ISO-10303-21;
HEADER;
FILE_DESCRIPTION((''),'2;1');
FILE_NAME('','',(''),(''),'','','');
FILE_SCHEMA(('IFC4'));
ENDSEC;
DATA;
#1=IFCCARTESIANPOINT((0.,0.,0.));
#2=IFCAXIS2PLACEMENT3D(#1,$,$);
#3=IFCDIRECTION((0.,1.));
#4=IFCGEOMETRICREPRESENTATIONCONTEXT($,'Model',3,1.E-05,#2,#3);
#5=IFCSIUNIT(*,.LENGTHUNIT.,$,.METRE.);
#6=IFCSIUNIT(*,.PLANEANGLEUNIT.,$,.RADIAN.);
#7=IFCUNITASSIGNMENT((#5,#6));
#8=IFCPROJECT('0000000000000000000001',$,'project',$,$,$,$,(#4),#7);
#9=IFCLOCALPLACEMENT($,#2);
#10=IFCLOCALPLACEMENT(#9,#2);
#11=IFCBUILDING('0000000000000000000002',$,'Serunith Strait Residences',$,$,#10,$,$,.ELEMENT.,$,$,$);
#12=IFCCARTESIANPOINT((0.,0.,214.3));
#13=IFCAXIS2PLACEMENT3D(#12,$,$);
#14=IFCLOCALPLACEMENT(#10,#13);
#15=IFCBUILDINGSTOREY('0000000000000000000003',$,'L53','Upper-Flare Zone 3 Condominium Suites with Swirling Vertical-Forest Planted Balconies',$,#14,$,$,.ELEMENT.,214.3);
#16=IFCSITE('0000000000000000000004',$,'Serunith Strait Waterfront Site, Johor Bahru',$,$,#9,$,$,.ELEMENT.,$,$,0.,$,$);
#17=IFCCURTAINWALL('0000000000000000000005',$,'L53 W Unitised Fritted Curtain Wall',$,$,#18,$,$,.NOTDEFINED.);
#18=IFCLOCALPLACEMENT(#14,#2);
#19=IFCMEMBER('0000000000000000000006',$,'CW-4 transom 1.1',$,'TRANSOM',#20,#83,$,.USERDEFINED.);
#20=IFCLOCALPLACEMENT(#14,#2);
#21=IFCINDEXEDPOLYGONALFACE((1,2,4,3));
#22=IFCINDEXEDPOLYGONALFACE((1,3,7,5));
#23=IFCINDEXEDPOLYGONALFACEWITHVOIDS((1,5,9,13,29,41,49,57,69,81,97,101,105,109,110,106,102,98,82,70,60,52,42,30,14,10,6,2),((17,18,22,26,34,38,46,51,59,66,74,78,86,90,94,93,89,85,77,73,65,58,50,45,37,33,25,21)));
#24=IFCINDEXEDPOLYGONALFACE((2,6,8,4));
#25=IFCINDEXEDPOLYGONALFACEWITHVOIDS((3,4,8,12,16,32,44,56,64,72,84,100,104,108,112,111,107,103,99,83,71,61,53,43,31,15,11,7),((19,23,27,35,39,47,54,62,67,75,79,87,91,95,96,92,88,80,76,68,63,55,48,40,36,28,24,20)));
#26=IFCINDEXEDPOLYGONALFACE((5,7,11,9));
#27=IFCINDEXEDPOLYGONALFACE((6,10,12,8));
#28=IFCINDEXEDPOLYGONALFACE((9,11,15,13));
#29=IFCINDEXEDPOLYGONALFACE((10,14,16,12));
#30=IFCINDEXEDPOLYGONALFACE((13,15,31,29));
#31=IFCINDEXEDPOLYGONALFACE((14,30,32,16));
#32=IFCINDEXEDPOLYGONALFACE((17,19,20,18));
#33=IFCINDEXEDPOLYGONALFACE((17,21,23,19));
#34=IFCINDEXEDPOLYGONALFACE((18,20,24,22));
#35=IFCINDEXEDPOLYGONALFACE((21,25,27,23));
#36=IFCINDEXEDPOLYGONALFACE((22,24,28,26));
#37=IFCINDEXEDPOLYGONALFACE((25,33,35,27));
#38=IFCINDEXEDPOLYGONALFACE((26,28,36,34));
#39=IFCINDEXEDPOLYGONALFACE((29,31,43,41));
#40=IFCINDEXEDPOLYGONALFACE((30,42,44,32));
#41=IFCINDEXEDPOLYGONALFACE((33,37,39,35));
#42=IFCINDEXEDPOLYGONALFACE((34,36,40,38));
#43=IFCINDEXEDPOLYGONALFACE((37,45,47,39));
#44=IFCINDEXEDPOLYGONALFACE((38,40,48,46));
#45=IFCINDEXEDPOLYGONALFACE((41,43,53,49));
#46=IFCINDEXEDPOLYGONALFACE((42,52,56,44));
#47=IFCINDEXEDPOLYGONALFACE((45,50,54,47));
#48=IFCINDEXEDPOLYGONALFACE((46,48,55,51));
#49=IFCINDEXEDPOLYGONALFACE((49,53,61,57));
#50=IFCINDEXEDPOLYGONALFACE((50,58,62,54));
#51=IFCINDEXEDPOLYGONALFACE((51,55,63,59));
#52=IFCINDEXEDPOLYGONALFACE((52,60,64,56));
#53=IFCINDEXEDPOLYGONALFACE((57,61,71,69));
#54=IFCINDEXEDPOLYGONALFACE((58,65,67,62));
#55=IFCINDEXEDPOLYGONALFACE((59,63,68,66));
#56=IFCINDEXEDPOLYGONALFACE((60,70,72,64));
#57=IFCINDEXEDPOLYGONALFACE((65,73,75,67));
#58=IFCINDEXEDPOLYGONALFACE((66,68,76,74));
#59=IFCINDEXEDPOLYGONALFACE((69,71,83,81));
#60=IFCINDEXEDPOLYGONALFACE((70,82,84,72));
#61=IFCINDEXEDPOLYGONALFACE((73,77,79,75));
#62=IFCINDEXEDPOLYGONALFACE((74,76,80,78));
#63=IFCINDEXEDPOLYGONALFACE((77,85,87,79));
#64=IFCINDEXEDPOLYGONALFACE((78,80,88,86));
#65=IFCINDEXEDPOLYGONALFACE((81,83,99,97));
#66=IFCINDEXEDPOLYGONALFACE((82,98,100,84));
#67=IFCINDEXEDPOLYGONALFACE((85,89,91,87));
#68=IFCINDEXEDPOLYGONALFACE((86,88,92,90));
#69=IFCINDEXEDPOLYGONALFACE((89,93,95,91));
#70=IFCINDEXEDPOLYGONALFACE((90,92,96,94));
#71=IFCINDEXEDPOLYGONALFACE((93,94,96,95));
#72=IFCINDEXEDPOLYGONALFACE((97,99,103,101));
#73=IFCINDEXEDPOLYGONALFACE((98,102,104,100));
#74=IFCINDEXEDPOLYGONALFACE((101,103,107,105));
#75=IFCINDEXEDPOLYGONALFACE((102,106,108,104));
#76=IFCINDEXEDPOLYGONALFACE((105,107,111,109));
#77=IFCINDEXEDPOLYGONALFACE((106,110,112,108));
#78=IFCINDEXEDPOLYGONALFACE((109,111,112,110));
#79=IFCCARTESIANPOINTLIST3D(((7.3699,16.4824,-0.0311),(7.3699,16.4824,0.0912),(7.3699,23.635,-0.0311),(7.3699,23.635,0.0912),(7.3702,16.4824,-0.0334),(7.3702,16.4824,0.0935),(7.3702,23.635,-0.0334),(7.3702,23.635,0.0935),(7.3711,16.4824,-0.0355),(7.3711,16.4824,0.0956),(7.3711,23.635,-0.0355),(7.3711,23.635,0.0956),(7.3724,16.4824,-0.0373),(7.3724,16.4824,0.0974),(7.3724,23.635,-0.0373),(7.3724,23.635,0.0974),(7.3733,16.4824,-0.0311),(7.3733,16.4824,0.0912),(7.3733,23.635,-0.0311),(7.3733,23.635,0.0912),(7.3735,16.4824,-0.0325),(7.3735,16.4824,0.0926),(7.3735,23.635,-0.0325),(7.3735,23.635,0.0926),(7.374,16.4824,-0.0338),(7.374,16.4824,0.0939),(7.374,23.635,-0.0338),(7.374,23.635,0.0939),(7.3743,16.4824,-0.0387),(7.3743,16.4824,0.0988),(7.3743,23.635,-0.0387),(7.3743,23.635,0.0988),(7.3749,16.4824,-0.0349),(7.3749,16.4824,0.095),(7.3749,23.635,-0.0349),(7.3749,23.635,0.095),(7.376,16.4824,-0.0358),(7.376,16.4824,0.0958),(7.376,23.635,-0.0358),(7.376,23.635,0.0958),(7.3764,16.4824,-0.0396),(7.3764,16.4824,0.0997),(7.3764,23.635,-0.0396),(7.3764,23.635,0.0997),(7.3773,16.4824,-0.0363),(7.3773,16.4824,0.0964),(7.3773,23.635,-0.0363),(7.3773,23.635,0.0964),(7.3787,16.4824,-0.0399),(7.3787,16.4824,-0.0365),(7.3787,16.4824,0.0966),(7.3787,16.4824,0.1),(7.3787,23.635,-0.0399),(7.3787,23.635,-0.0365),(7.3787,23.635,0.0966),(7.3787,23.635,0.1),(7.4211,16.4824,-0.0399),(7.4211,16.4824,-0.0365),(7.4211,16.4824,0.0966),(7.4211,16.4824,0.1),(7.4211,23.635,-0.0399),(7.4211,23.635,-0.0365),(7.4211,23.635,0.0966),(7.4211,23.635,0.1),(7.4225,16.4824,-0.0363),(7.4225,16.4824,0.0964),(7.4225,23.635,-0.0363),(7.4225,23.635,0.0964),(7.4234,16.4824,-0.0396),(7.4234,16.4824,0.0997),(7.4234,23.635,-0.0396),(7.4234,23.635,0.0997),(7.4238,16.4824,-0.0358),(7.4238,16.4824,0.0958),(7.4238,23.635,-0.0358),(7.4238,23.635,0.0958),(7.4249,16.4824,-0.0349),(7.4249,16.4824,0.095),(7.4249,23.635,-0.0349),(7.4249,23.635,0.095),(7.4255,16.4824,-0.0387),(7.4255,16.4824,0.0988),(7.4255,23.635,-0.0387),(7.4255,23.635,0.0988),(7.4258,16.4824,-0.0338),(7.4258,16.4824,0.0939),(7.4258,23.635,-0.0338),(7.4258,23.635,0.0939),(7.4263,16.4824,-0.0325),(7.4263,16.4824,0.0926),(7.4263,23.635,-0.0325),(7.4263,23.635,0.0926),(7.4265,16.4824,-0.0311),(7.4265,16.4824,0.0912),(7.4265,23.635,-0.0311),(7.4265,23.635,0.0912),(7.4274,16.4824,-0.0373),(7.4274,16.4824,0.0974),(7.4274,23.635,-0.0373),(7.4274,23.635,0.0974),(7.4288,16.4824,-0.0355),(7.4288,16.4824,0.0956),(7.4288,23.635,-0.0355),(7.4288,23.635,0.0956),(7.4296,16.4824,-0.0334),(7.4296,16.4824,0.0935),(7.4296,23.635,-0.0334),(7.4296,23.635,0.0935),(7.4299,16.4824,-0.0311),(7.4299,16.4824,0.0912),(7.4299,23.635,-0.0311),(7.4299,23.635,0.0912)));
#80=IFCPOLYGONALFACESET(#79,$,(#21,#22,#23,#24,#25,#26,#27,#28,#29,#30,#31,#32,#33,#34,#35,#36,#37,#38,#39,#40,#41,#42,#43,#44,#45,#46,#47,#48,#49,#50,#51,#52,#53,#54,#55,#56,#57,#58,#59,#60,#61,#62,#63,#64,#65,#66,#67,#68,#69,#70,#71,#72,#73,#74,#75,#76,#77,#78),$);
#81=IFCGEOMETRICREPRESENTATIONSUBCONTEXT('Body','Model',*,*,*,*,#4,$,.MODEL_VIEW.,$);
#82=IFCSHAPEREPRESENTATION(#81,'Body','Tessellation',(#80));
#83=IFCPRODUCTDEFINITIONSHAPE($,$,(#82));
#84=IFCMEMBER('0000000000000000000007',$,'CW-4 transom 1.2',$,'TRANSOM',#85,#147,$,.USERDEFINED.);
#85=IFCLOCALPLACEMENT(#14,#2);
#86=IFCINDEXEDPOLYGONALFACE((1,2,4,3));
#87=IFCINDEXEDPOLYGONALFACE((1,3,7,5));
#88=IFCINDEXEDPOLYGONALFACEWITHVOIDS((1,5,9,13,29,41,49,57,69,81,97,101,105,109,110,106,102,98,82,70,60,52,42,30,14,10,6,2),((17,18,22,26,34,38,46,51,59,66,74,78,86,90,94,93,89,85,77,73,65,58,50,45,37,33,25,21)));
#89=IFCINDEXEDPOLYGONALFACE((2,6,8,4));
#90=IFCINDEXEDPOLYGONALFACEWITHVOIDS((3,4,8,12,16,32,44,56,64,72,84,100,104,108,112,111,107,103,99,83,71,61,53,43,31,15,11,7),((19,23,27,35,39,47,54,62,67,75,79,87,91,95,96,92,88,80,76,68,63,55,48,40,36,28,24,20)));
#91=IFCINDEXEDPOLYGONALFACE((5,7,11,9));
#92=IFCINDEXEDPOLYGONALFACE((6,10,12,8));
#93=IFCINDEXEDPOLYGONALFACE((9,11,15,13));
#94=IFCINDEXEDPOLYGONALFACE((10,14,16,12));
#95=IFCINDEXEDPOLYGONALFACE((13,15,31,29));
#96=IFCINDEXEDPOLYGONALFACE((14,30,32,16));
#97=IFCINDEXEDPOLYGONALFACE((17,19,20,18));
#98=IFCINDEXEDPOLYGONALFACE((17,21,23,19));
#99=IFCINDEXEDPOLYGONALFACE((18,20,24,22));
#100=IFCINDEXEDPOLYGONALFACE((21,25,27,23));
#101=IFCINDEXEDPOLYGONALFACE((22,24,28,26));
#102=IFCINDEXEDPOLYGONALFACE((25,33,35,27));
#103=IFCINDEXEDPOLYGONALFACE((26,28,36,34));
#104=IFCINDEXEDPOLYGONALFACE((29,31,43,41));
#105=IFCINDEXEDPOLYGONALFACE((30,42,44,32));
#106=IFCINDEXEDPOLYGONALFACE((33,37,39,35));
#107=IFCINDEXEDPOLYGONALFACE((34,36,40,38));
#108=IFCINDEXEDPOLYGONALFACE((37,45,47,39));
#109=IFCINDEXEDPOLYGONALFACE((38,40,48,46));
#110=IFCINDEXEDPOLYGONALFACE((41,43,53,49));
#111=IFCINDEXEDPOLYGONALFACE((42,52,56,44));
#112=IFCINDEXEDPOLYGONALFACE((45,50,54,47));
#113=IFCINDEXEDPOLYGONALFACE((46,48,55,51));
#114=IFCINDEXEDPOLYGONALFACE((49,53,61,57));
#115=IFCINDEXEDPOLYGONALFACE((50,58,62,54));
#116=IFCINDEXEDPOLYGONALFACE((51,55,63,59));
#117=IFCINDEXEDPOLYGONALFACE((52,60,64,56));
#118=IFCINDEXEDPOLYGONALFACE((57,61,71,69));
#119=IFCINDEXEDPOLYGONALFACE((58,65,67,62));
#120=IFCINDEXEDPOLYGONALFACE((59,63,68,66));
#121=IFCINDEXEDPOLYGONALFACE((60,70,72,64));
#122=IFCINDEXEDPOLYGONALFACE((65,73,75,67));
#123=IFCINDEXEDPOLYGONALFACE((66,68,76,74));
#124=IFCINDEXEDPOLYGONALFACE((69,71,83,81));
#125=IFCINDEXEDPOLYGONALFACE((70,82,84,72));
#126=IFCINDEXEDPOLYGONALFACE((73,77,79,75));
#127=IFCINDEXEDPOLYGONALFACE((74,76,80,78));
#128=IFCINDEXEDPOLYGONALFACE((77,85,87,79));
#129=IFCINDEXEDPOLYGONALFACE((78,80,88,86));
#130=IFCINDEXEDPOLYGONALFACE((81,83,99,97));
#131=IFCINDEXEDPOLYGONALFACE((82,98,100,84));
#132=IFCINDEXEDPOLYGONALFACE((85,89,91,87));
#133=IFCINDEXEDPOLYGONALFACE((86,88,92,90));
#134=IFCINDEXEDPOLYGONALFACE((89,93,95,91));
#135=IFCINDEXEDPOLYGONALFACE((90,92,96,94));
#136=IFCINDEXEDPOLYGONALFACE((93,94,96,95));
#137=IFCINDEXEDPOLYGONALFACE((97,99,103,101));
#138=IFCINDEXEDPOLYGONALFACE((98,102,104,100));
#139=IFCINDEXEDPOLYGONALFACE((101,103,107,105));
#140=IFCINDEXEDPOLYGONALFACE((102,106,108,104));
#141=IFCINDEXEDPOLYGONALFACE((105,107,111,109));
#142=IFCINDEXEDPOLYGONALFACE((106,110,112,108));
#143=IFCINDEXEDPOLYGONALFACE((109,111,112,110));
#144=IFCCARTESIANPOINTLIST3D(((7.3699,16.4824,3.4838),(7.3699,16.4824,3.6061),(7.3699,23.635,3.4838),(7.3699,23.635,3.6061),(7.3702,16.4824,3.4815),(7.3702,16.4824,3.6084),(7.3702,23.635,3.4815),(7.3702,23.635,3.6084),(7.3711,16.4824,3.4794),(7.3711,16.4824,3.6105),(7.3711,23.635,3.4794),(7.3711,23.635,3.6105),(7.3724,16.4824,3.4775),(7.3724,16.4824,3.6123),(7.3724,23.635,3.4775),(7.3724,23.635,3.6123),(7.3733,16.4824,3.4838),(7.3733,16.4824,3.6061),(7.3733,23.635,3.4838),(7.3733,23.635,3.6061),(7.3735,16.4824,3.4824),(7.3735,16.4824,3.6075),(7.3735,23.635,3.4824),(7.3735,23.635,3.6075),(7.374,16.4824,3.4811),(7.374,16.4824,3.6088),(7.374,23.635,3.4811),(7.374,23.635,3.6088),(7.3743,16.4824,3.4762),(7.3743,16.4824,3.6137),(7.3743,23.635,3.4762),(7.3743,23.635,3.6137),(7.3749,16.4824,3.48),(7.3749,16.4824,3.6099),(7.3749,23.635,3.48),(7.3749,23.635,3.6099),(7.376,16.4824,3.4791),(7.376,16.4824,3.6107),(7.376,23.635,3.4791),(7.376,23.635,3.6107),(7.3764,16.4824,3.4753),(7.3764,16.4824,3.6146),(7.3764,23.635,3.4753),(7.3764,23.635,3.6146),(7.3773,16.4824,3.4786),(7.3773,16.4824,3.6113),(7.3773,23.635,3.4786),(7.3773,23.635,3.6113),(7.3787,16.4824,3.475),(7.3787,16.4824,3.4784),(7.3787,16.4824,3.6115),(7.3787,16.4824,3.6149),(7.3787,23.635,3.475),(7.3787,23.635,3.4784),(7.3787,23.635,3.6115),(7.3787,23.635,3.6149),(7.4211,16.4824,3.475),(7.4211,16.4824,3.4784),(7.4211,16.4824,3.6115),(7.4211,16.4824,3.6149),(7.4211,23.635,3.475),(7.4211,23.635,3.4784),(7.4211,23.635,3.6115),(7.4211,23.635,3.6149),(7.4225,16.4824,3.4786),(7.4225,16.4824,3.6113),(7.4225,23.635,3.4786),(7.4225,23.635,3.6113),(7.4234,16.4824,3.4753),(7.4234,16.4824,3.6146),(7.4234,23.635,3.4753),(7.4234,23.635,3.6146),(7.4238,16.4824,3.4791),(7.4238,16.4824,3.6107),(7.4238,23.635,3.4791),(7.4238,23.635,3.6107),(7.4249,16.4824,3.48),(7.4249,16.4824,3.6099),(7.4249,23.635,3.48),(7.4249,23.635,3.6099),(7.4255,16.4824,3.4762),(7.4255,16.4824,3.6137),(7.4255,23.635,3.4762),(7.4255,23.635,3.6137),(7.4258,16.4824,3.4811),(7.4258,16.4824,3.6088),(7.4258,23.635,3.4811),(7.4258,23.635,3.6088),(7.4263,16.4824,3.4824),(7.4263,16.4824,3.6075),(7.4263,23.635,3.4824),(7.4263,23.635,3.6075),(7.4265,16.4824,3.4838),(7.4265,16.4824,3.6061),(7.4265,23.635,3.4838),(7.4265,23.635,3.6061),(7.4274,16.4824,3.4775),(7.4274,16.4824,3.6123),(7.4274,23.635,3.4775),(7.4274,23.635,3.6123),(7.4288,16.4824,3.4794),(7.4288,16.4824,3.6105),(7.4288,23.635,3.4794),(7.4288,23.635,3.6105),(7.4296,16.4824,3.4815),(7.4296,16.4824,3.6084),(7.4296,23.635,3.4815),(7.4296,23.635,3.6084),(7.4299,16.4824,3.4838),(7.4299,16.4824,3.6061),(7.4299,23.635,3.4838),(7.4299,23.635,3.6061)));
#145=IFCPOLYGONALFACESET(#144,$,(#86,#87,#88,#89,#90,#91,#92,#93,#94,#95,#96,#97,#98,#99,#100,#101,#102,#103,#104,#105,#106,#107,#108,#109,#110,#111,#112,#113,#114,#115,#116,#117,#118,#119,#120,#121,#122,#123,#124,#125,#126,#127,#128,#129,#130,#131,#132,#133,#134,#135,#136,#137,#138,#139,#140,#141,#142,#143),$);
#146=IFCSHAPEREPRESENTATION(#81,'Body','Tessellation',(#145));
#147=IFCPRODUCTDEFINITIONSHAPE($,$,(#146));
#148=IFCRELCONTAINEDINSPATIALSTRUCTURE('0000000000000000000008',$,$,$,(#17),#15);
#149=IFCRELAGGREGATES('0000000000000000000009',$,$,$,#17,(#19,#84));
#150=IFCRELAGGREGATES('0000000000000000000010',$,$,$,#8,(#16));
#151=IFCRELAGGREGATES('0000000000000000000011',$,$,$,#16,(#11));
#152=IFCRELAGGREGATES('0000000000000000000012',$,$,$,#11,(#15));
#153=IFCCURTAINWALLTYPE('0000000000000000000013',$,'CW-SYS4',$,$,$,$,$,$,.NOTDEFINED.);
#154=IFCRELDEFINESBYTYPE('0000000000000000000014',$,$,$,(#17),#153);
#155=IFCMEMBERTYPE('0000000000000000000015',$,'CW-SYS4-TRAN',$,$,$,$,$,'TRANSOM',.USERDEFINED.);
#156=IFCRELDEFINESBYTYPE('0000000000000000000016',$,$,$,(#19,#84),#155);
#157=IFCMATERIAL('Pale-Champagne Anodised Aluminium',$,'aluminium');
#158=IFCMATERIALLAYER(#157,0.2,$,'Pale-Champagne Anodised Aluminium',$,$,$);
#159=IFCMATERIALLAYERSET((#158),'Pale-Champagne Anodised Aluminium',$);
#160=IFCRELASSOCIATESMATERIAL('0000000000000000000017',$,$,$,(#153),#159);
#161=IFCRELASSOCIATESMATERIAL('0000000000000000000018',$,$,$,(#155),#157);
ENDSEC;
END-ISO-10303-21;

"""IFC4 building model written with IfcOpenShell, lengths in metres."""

from ifc_helpers import new_model, si_unit, direction, frame, origin, origin_2d, place, context, subcontext, project, spatial, hollow_rectangle, extrude, source, transform, mapped, material, layer, layer_set, material_profile, profile_set, type_object, element, aggregate, save


model = new_model("IFC4")

# Units and contexts
model_context = context("Model", 3, precision=1e-05, world=origin(), true_north=direction((0.0, 1.0)))
body_context = subcontext(model_context, "Body", "Model", "MODEL_VIEW")
ifc_project = project(units=[si_unit("LENGTHUNIT", "METRE"), si_unit("PLANEANGLEUNIT", "RADIAN")], contexts=[model_context])

# Site, building, storey
site_placement = place(None, origin())
site = spatial("IfcSite", under=ifc_project, at=site_placement, Name="Serunith Strait Waterfront Site, Johor Bahru", CompositionType="ELEMENT", RefElevation=0.0)
building_placement = place(site_placement, origin())
building = spatial("IfcBuilding", under=site, at=building_placement, Name="Serunith Strait Residences", CompositionType="ELEMENT")
storey_placement = place(building_placement, frame((0.0, 0.0, 214.3)))
storey = spatial("IfcBuildingStorey", under=building, at=storey_placement, Name="L53", Description="Upper-Flare Zone 3 Condominium Suites with Swirling Vertical-Forest Planted Balconies", CompositionType="ELEMENT", Elevation=214.3)

# Curtain wall, members
ifc_material_1 = material(Name="Pale-Champagne Anodised Aluminium", Category="aluminium")
ifc_layer_1 = layer(ifc_material_1, 0.2, Name="Pale-Champagne Anodised Aluminium")
ifc_layer_set_1 = layer_set([ifc_layer_1], Name="Pale-Champagne Anodised Aluminium")
curtain_wall_type = type_object("IfcCurtainWallType", Name="CW-SYS4", PredefinedType="NOTDEFINED", material=ifc_layer_set_1)
curtain_wall_placement = place(storey_placement, origin())
curtain_wall = element("IfcCurtainWall", 1, at=curtain_wall_placement, inside=storey, type_object=curtain_wall_type, Name="L53 W Unitised Fritted Curtain Wall", PredefinedType="NOTDEFINED")
ifc_material_profile_1 = material_profile(ifc_material_1, hollow_rectangle(XDim=0.0601, YDim=0.1399, WallThickness=0.0034, InnerFilletRadius=0.0054, OuterFilletRadius=0.0088, at=origin_2d()), Name="ALU 140x60x3.5")
ifc_profile_set_1 = profile_set([ifc_material_profile_1], Name="Pale-Champagne Anodised Aluminium")
member_type_1 = type_object("IfcMemberType", Name="CW-SYS4-TRAN", ElementType="TRANSOM", PredefinedType="USERDEFINED", material=ifc_profile_set_1)
shared_shape_1 = source(origin(), body_context, "Body", "SweptSolid", [
    extrude(hollow_rectangle(XDim=0.0601, YDim=0.1399, WallThickness=0.0034, InnerFilletRadius=0.0054, OuterFilletRadius=0.0088, at=origin_2d()), origin(), (0.0, 0.0, 1.0), 7.1526),
])
member_1_placement = place(storey_placement, frame((7.3999, 23.635, 0.03), z_axis=(0.0, -1.0, 0.0), x_axis=(1.0, 0.0, 0.0)))
member_1 = element("IfcMember", 2, at=member_1_placement, type_object=member_type_1, Name="CW-4 transom 1.1", ObjectType="TRANSOM", PredefinedType="USERDEFINED", context=body_context, shape_type="MappedRepresentation", body=[
    mapped(shared_shape_1, transform((0.0, 0.0, 0.0), scale=1.0)),
])
member_2_placement = place(storey_placement, frame((7.3999, 23.635, 3.5449), z_axis=(0.0, -1.0, 0.0), x_axis=(1.0, 0.0, 0.0)))
member_2 = element("IfcMember", 3, at=member_2_placement, type_object=member_type_1, Name="CW-4 transom 1.2", ObjectType="TRANSOM", PredefinedType="USERDEFINED", context=body_context, shape_type="MappedRepresentation", body=[
    mapped(shared_shape_1, transform((0.0, 0.0, 0.0), scale=1.0)),
])
aggregate(curtain_wall, [member_1, member_2])

save(model, "model.ifc")
